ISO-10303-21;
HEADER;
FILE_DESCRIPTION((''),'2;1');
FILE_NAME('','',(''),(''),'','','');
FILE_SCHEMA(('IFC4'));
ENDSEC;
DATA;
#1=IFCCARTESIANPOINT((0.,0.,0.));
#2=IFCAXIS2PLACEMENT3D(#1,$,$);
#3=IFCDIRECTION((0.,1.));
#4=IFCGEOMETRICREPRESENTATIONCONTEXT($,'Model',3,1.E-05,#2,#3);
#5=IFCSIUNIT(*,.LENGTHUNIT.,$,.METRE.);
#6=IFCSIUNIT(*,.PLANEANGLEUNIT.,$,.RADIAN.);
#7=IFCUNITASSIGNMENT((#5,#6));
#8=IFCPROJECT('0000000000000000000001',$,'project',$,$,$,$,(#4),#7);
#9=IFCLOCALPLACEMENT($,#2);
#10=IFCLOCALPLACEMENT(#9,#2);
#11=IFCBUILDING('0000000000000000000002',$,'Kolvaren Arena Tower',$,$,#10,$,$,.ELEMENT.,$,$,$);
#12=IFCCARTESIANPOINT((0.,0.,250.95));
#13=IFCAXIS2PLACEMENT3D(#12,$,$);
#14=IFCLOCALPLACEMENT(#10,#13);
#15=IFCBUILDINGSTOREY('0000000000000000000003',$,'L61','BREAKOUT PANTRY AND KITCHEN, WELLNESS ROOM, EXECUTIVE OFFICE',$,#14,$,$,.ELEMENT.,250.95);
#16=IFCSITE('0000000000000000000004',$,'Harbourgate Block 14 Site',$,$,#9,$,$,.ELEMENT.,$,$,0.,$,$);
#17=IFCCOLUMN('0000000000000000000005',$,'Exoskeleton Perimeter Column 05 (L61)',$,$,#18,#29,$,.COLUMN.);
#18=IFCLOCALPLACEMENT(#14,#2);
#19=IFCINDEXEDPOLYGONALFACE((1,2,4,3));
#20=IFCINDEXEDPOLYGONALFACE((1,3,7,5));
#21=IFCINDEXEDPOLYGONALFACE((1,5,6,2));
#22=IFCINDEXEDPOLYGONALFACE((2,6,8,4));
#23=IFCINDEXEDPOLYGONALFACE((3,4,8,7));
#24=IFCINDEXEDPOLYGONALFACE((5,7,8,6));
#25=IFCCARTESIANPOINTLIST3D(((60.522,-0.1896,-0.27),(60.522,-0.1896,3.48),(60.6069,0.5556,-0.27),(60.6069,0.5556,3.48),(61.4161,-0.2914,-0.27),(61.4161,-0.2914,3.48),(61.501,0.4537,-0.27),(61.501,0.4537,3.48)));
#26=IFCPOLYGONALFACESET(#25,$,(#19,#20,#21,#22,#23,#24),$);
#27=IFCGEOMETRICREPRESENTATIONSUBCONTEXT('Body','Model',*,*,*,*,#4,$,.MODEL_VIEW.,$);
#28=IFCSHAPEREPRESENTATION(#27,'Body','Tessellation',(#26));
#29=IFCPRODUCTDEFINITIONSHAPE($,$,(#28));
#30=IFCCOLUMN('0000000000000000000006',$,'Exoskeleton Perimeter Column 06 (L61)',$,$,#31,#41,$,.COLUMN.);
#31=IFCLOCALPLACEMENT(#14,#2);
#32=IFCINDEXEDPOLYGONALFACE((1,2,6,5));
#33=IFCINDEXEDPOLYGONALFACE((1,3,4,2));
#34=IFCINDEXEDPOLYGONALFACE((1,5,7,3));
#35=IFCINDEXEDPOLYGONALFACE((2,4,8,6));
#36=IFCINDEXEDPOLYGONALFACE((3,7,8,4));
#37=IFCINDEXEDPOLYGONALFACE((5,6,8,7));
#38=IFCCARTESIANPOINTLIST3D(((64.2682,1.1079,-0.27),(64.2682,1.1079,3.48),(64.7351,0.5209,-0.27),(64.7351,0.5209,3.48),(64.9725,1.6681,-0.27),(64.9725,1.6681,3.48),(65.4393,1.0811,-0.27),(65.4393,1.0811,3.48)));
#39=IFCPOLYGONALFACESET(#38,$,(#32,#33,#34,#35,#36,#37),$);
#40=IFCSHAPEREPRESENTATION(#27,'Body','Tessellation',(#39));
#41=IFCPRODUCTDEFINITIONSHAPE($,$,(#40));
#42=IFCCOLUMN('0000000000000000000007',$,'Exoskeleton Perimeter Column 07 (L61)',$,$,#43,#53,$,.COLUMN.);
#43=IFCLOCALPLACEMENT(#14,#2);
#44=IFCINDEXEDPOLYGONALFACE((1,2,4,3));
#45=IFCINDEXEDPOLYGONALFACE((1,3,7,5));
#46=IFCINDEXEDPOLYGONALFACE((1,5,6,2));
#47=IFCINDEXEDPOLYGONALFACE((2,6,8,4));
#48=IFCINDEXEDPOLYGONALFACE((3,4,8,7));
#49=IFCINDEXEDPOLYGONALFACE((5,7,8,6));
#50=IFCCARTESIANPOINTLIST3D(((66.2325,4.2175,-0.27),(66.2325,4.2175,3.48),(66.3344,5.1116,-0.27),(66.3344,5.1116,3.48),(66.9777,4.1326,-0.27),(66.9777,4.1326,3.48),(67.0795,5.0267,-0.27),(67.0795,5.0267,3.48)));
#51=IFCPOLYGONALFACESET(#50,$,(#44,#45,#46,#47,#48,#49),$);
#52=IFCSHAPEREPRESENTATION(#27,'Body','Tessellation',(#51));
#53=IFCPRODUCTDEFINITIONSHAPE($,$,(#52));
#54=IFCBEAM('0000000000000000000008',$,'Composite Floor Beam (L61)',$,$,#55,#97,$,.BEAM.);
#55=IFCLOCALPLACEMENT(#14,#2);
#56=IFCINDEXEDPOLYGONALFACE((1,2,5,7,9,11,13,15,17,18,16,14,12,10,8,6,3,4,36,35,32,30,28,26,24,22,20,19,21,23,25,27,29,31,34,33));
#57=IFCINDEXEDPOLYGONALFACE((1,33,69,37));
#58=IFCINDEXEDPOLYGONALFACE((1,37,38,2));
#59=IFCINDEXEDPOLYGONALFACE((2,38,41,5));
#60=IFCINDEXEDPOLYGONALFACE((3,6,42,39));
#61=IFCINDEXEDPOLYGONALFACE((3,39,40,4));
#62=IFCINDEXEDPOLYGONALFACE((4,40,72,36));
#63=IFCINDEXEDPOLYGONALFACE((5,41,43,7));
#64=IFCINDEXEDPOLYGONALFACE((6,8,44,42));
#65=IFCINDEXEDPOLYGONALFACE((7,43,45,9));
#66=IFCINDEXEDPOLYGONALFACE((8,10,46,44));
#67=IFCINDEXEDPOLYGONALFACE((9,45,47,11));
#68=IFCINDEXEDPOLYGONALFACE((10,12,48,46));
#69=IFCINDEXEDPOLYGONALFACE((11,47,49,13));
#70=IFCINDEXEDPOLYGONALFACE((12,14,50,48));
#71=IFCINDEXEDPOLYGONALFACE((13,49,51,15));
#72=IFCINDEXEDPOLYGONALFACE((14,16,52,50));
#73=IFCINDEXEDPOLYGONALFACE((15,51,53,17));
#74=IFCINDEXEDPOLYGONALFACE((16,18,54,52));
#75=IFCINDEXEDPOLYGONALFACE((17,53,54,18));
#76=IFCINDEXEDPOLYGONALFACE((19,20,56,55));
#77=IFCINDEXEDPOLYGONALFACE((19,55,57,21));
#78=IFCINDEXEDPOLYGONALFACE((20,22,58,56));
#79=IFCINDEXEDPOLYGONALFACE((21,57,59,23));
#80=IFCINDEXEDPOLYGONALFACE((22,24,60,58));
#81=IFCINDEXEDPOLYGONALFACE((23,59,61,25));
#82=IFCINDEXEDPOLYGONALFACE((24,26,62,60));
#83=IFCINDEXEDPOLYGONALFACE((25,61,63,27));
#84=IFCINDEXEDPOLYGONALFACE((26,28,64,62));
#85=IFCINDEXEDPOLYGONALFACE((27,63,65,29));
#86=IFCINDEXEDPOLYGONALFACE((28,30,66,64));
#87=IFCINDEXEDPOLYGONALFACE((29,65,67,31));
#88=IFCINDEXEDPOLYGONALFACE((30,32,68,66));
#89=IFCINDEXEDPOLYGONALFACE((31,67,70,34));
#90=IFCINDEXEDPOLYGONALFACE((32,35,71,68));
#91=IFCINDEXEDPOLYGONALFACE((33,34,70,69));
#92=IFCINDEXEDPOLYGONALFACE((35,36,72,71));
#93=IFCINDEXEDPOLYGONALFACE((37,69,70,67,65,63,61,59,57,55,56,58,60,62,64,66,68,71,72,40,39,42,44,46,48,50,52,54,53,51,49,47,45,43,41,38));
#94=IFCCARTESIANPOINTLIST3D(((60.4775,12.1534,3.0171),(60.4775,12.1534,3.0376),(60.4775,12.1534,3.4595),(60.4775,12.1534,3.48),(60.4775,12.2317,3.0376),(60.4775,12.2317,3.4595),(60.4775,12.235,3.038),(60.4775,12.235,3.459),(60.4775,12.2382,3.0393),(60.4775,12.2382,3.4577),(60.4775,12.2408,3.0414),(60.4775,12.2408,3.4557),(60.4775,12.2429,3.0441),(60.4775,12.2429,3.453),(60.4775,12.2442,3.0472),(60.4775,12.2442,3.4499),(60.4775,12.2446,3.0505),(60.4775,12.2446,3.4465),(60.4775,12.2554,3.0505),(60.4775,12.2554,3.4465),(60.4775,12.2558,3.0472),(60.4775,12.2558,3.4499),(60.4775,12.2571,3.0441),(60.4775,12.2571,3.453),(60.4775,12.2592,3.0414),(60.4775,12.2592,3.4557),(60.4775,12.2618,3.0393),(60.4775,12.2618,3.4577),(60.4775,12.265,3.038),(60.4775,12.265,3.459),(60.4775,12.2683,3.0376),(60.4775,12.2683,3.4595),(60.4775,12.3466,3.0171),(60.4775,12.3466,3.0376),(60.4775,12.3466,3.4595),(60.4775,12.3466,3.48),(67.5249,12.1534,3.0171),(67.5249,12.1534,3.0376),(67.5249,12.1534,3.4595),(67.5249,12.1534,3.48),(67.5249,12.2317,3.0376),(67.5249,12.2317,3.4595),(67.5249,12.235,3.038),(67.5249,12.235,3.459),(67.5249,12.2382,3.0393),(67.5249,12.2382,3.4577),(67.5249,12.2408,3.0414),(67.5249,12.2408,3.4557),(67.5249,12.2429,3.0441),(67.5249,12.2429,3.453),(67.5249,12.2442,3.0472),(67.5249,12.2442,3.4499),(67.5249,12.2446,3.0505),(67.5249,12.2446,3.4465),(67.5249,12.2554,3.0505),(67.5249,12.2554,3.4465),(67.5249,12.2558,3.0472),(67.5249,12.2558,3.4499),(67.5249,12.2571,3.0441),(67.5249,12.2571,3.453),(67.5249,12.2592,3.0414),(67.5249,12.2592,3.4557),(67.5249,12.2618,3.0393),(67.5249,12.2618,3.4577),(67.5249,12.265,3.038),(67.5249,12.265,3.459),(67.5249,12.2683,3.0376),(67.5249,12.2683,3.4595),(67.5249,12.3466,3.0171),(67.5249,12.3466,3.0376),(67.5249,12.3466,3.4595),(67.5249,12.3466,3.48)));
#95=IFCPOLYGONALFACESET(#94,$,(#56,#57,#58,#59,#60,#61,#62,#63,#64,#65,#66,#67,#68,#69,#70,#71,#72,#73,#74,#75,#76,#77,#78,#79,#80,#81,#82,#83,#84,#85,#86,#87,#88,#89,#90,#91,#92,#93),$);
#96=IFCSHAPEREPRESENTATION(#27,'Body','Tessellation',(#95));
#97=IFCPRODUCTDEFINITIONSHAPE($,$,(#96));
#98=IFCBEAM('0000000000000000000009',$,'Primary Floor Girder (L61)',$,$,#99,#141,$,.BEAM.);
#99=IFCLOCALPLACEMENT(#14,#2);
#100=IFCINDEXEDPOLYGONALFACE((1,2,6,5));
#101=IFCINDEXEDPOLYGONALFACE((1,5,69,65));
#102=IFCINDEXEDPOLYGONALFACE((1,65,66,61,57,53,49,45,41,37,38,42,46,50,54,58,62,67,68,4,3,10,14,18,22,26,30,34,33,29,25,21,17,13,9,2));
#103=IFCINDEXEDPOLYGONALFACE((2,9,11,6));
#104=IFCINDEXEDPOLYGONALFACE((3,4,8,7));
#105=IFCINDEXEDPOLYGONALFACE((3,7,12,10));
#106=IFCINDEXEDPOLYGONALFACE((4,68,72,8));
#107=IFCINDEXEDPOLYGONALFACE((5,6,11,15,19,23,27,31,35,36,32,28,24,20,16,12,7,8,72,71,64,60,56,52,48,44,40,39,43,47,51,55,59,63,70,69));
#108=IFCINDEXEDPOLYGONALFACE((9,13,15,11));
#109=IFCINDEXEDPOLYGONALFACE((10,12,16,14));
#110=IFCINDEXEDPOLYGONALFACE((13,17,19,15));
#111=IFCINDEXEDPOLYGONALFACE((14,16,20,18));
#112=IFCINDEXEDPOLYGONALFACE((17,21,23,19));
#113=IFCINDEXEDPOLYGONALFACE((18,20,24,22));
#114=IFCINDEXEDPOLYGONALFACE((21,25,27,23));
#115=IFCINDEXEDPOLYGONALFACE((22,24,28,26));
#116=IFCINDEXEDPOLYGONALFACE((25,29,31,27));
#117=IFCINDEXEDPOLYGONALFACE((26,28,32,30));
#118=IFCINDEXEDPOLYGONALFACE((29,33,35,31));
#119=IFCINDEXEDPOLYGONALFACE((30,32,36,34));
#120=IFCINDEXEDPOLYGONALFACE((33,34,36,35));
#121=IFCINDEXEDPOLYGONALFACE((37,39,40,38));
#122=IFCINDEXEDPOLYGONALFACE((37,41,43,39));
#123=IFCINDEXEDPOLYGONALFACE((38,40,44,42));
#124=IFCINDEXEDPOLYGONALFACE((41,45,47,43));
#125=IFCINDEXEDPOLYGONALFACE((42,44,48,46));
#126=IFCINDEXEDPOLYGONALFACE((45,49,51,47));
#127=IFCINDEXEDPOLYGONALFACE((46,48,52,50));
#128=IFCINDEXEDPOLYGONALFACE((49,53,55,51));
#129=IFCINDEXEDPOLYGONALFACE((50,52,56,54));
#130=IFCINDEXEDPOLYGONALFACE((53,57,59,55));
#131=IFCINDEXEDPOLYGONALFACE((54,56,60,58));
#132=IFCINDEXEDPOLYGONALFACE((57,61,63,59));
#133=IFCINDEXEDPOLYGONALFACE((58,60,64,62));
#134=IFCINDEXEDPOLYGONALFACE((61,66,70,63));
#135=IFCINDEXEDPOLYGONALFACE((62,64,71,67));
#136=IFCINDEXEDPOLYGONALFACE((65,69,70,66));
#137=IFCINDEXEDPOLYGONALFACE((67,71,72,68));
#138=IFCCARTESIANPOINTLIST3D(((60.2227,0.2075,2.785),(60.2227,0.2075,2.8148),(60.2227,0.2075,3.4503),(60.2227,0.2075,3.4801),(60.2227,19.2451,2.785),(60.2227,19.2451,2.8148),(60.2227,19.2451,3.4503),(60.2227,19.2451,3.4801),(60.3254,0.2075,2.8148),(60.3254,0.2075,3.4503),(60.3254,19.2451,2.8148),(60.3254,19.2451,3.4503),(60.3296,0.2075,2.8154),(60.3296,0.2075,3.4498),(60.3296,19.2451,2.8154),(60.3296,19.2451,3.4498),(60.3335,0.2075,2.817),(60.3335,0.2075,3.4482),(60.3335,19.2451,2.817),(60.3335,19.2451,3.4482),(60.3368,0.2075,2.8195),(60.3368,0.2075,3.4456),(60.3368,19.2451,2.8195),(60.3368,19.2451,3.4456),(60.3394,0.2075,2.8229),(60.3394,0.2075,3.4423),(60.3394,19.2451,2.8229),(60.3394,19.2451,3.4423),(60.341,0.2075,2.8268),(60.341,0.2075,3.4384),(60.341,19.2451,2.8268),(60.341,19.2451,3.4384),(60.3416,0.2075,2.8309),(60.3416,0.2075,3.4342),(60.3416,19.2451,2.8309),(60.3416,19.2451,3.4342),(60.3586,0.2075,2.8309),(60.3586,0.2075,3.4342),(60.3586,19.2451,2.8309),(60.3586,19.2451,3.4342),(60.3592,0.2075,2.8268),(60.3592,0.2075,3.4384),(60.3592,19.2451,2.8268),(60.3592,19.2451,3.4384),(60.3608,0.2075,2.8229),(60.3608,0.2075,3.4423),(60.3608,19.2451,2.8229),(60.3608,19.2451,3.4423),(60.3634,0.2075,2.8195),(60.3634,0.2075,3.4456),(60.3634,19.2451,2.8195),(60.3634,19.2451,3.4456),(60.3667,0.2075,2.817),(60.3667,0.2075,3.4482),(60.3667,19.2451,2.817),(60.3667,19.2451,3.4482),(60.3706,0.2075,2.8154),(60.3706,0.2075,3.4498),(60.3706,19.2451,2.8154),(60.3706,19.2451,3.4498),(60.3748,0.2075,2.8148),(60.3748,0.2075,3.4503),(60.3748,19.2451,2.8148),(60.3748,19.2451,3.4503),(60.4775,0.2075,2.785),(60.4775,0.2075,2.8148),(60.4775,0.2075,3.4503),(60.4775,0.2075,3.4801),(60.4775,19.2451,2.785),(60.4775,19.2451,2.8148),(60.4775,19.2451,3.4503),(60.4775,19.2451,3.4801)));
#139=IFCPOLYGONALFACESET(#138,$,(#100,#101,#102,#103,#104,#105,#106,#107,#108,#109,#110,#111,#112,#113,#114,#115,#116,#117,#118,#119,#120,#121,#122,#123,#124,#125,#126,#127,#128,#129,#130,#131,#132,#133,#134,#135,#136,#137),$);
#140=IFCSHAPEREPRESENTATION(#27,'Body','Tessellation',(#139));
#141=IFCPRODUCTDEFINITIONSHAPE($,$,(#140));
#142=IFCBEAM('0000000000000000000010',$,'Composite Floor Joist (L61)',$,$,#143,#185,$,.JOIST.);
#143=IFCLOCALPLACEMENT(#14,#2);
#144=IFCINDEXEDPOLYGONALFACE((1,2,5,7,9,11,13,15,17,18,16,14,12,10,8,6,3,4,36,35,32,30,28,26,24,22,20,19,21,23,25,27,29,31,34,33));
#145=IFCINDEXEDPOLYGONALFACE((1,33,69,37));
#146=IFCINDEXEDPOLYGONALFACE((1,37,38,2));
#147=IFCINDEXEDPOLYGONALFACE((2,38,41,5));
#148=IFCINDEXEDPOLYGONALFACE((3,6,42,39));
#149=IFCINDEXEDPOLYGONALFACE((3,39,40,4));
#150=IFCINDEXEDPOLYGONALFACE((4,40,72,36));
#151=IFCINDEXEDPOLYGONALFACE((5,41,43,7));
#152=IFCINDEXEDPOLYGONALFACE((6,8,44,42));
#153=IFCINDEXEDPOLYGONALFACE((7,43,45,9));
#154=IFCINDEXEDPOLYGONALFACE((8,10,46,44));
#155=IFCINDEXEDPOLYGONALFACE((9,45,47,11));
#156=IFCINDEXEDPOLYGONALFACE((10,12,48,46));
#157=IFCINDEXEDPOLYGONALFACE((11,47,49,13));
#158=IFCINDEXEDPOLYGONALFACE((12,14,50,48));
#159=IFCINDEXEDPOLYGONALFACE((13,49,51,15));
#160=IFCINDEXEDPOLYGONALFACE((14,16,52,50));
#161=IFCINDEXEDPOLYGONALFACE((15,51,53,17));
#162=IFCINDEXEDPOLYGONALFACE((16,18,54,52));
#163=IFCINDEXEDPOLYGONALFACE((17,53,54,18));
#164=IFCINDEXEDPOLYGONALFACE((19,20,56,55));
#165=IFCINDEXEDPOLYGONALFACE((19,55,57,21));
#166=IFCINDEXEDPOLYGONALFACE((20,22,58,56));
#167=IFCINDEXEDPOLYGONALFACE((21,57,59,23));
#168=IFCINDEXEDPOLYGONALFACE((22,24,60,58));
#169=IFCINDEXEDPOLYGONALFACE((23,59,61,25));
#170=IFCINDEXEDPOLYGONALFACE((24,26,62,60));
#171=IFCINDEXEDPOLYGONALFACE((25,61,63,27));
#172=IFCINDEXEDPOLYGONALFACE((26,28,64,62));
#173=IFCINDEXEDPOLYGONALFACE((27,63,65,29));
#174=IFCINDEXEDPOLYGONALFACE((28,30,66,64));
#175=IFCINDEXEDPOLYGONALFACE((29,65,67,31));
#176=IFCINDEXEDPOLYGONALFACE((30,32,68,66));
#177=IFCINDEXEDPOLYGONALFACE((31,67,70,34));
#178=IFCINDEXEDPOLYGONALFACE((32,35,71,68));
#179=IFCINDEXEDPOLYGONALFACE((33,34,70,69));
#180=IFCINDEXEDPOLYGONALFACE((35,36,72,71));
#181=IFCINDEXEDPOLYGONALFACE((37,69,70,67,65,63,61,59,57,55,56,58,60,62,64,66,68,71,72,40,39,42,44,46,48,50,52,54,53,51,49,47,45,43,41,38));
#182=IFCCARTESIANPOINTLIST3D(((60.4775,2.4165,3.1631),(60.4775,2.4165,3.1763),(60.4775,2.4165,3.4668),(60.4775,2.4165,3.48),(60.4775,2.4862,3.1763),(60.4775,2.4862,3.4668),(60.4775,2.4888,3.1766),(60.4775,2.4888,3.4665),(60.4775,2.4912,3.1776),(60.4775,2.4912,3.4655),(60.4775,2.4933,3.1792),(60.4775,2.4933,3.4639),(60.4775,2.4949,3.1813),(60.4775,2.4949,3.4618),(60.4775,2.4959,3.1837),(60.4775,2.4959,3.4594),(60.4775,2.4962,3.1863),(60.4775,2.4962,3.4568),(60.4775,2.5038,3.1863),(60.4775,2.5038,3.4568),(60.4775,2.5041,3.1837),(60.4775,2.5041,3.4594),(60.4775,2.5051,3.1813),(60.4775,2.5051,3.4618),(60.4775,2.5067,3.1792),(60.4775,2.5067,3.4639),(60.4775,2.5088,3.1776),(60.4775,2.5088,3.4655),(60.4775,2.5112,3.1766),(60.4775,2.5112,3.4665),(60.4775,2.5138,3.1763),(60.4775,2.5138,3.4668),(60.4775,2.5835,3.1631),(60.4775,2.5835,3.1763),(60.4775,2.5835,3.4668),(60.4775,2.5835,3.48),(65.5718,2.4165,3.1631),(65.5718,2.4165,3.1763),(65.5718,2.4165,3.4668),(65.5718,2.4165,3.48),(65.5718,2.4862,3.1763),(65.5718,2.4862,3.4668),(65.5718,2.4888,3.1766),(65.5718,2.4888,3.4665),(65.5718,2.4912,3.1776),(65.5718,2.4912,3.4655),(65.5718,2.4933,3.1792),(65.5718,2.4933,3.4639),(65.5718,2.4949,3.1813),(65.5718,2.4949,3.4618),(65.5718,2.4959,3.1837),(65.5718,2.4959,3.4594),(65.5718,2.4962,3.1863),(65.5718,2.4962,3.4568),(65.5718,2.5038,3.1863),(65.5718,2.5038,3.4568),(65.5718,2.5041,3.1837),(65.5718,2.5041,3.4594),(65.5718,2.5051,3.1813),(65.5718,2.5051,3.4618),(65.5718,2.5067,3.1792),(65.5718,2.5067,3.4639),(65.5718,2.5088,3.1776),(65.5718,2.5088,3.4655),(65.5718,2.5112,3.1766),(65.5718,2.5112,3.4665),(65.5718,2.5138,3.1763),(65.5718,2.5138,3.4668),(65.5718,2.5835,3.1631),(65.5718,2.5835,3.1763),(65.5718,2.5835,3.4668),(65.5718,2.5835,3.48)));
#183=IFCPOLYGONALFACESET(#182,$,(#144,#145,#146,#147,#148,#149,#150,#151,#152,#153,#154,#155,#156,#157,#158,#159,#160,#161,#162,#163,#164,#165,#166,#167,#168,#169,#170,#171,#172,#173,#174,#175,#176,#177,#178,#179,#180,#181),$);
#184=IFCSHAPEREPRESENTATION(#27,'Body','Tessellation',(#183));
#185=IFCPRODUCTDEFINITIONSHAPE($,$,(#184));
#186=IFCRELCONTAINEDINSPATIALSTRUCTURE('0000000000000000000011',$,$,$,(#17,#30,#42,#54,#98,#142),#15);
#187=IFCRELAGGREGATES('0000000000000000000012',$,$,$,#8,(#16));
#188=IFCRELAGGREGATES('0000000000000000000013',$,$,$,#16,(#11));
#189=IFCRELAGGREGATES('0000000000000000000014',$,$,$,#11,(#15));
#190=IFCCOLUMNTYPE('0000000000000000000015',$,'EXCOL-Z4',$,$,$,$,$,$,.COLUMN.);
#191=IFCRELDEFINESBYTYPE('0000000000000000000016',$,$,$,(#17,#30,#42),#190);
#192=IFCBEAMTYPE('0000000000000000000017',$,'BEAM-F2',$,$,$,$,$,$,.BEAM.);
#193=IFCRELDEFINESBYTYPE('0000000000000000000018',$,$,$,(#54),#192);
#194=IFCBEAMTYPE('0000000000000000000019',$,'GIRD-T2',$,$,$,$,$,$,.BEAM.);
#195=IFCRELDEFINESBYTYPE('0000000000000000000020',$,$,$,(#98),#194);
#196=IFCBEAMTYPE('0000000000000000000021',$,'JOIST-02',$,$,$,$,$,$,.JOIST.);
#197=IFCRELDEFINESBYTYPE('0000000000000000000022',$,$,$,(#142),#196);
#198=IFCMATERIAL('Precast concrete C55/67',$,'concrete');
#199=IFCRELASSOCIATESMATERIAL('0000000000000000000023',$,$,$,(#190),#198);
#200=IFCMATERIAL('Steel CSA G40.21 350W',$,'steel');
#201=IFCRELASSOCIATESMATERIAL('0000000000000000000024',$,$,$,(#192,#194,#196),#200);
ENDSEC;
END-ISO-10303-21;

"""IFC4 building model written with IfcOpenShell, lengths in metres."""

from ifc_helpers import new_model, si_unit, direction, frame, origin, origin_2d, place, context, subcontext, project, spatial, rectangle, i_section, extrude, material, material_profile, profile_set, type_object, element, save


model = new_model("IFC4")

# Units and contexts
model_context = context("Model", 3, precision=1e-05, world=origin(), true_north=direction((0.0, 1.0)))
body_context = subcontext(model_context, "Body", "Model", "MODEL_VIEW")
ifc_project = project(units=[si_unit("LENGTHUNIT", "METRE"), si_unit("PLANEANGLEUNIT", "RADIAN")], contexts=[model_context])

# Site, building, storey
site_placement = place(None, origin())
site = spatial("IfcSite", under=ifc_project, at=site_placement, Name="Harbourgate Block 14 Site", CompositionType="ELEMENT", RefElevation=0.0)
building_placement = place(site_placement, origin())
building = spatial("IfcBuilding", under=site, at=building_placement, Name="Kolvaren Arena Tower", CompositionType="ELEMENT")
storey_placement = place(building_placement, frame((0.0, 0.0, 250.95)))
storey = spatial("IfcBuildingStorey", under=building, at=storey_placement, Name="L61", Description="BREAKOUT PANTRY AND KITCHEN, WELLNESS ROOM, EXECUTIVE OFFICE", CompositionType="ELEMENT", Elevation=250.95)

# Columns
ifc_material_1 = material(Name="Precast concrete C55/67", Category="concrete")
ifc_material_profile_1 = material_profile(ifc_material_1, rectangle(XDim=0.8999, YDim=0.75, at=origin_2d()), Name="RC-900x750")
ifc_profile_set_1 = profile_set([ifc_material_profile_1], Name="Precast concrete C55/67")
column_type = type_object("IfcColumnType", Name="EXCOL-Z4", PredefinedType="COLUMN", material=ifc_profile_set_1)
for number, where, z_axis, x_axis, name in (
    (1, (61.0115, 0.1321, -0.27), (0.0, 0.0, 1.0), (0.993572, -0.113203, 0.0), "Exoskeleton Perimeter Column 05 (L61)"),
    (2, (64.8538, 1.0945, -0.27), (0.0, 0.0, 1.0), (0.782608, 0.622515, 0.0), "Exoskeleton Perimeter Column 06 (L61)"),
    (3, (66.656, 4.6221, -0.27), (0.0, 0.0, 1.0), (0.113203, 0.993572, 0.0), "Exoskeleton Perimeter Column 07 (L61)"),
):
    element("IfcColumn", number, at=place(storey_placement, frame(where, z_axis=z_axis, x_axis=x_axis)), inside=storey, type_object=column_type, Name=name, PredefinedType="COLUMN", context=body_context, shape_type="SweptSolid", body=[
        extrude(rectangle(XDim=0.8999, YDim=0.75, at=origin_2d()), origin(), (0.0, 0.0, 1.0), 3.75),
    ])

# Beams
ifc_material_2 = material(Name="Steel CSA G40.21 350W", Category="steel")
ifc_material_profile_2 = material_profile(ifc_material_2, i_section(OverallWidth=0.1931, OverallDepth=0.4629, WebThickness=0.0107, FlangeThickness=0.0205, FilletRadius=0.0129, at=origin_2d()), Name="W460x113")
ifc_profile_set_2 = profile_set([ifc_material_profile_2], Name="Steel CSA G40.21 350W")
beam_type_1 = type_object("IfcBeamType", Name="BEAM-F2", PredefinedType="BEAM", material=ifc_profile_set_2)
beam_1_placement = place(storey_placement, frame((60.4775, 12.25, 3.2485), z_axis=(1.0, 0.0, 0.0), x_axis=(0.0, 1.0, 0.0)))
element("IfcBeam", 4, at=beam_1_placement, inside=storey, type_object=beam_type_1, Name="Composite Floor Beam (L61)", PredefinedType="BEAM", context=body_context, shape_type="SweptSolid", body=[
    extrude(i_section(OverallWidth=0.1931, OverallDepth=0.4629, WebThickness=0.0107, FlangeThickness=0.0205, FilletRadius=0.0129, at=origin_2d()), origin(), (0.0, 0.0, 1.0), 7.0474),
])
ifc_material_profile_3 = material_profile(ifc_material_2, i_section(OverallWidth=0.2549, OverallDepth=0.6951, WebThickness=0.0171, FlangeThickness=0.0298, FilletRadius=0.0161, at=origin_2d()), Name="W690x217")
ifc_profile_set_3 = profile_set([ifc_material_profile_3], Name="Steel CSA G40.21 350W")
beam_type_2 = type_object("IfcBeamType", Name="GIRD-T2", PredefinedType="BEAM", material=ifc_profile_set_3)
beam_2_placement = place(storey_placement, frame((60.3501, 0.2075, 3.1326), z_axis=(0.0, 1.0, 0.0), x_axis=(-1.0, 0.0, 0.0)))
element("IfcBeam", 5, at=beam_2_placement, inside=storey, type_object=beam_type_2, Name="Primary Floor Girder (L61)", PredefinedType="BEAM", context=body_context, shape_type="SweptSolid", body=[
    extrude(i_section(OverallWidth=0.2549, OverallDepth=0.6951, WebThickness=0.0171, FlangeThickness=0.0298, FilletRadius=0.0161, at=origin_2d()), origin(), (0.0, 0.0, 1.0), 19.0376),
])
ifc_material_profile_4 = material_profile(ifc_material_2, i_section(OverallWidth=0.167, OverallDepth=0.3169, WebThickness=0.0076, FlangeThickness=0.0132, FilletRadius=0.01, at=origin_2d()), Name="W310x52")
ifc_profile_set_4 = profile_set([ifc_material_profile_4], Name="Steel CSA G40.21 350W")
beam_type_3 = type_object("IfcBeamType", Name="JOIST-02", PredefinedType="JOIST", material=ifc_profile_set_4)
beam_3_placement = place(storey_placement, frame((60.4775, 2.5, 3.3215), z_axis=(1.0, 0.0, 0.0), x_axis=(0.0, 1.0, 0.0)))
element("IfcBeam", 6, at=beam_3_placement, inside=storey, type_object=beam_type_3, Name="Composite Floor Joist (L61)", PredefinedType="JOIST", context=body_context, shape_type="SweptSolid", body=[
    extrude(i_section(OverallWidth=0.167, OverallDepth=0.3169, WebThickness=0.0076, FlangeThickness=0.0132, FilletRadius=0.01, at=origin_2d()), origin(), (0.0, 0.0, 1.0), 5.0942),
])

save(model, "model.ifc")
